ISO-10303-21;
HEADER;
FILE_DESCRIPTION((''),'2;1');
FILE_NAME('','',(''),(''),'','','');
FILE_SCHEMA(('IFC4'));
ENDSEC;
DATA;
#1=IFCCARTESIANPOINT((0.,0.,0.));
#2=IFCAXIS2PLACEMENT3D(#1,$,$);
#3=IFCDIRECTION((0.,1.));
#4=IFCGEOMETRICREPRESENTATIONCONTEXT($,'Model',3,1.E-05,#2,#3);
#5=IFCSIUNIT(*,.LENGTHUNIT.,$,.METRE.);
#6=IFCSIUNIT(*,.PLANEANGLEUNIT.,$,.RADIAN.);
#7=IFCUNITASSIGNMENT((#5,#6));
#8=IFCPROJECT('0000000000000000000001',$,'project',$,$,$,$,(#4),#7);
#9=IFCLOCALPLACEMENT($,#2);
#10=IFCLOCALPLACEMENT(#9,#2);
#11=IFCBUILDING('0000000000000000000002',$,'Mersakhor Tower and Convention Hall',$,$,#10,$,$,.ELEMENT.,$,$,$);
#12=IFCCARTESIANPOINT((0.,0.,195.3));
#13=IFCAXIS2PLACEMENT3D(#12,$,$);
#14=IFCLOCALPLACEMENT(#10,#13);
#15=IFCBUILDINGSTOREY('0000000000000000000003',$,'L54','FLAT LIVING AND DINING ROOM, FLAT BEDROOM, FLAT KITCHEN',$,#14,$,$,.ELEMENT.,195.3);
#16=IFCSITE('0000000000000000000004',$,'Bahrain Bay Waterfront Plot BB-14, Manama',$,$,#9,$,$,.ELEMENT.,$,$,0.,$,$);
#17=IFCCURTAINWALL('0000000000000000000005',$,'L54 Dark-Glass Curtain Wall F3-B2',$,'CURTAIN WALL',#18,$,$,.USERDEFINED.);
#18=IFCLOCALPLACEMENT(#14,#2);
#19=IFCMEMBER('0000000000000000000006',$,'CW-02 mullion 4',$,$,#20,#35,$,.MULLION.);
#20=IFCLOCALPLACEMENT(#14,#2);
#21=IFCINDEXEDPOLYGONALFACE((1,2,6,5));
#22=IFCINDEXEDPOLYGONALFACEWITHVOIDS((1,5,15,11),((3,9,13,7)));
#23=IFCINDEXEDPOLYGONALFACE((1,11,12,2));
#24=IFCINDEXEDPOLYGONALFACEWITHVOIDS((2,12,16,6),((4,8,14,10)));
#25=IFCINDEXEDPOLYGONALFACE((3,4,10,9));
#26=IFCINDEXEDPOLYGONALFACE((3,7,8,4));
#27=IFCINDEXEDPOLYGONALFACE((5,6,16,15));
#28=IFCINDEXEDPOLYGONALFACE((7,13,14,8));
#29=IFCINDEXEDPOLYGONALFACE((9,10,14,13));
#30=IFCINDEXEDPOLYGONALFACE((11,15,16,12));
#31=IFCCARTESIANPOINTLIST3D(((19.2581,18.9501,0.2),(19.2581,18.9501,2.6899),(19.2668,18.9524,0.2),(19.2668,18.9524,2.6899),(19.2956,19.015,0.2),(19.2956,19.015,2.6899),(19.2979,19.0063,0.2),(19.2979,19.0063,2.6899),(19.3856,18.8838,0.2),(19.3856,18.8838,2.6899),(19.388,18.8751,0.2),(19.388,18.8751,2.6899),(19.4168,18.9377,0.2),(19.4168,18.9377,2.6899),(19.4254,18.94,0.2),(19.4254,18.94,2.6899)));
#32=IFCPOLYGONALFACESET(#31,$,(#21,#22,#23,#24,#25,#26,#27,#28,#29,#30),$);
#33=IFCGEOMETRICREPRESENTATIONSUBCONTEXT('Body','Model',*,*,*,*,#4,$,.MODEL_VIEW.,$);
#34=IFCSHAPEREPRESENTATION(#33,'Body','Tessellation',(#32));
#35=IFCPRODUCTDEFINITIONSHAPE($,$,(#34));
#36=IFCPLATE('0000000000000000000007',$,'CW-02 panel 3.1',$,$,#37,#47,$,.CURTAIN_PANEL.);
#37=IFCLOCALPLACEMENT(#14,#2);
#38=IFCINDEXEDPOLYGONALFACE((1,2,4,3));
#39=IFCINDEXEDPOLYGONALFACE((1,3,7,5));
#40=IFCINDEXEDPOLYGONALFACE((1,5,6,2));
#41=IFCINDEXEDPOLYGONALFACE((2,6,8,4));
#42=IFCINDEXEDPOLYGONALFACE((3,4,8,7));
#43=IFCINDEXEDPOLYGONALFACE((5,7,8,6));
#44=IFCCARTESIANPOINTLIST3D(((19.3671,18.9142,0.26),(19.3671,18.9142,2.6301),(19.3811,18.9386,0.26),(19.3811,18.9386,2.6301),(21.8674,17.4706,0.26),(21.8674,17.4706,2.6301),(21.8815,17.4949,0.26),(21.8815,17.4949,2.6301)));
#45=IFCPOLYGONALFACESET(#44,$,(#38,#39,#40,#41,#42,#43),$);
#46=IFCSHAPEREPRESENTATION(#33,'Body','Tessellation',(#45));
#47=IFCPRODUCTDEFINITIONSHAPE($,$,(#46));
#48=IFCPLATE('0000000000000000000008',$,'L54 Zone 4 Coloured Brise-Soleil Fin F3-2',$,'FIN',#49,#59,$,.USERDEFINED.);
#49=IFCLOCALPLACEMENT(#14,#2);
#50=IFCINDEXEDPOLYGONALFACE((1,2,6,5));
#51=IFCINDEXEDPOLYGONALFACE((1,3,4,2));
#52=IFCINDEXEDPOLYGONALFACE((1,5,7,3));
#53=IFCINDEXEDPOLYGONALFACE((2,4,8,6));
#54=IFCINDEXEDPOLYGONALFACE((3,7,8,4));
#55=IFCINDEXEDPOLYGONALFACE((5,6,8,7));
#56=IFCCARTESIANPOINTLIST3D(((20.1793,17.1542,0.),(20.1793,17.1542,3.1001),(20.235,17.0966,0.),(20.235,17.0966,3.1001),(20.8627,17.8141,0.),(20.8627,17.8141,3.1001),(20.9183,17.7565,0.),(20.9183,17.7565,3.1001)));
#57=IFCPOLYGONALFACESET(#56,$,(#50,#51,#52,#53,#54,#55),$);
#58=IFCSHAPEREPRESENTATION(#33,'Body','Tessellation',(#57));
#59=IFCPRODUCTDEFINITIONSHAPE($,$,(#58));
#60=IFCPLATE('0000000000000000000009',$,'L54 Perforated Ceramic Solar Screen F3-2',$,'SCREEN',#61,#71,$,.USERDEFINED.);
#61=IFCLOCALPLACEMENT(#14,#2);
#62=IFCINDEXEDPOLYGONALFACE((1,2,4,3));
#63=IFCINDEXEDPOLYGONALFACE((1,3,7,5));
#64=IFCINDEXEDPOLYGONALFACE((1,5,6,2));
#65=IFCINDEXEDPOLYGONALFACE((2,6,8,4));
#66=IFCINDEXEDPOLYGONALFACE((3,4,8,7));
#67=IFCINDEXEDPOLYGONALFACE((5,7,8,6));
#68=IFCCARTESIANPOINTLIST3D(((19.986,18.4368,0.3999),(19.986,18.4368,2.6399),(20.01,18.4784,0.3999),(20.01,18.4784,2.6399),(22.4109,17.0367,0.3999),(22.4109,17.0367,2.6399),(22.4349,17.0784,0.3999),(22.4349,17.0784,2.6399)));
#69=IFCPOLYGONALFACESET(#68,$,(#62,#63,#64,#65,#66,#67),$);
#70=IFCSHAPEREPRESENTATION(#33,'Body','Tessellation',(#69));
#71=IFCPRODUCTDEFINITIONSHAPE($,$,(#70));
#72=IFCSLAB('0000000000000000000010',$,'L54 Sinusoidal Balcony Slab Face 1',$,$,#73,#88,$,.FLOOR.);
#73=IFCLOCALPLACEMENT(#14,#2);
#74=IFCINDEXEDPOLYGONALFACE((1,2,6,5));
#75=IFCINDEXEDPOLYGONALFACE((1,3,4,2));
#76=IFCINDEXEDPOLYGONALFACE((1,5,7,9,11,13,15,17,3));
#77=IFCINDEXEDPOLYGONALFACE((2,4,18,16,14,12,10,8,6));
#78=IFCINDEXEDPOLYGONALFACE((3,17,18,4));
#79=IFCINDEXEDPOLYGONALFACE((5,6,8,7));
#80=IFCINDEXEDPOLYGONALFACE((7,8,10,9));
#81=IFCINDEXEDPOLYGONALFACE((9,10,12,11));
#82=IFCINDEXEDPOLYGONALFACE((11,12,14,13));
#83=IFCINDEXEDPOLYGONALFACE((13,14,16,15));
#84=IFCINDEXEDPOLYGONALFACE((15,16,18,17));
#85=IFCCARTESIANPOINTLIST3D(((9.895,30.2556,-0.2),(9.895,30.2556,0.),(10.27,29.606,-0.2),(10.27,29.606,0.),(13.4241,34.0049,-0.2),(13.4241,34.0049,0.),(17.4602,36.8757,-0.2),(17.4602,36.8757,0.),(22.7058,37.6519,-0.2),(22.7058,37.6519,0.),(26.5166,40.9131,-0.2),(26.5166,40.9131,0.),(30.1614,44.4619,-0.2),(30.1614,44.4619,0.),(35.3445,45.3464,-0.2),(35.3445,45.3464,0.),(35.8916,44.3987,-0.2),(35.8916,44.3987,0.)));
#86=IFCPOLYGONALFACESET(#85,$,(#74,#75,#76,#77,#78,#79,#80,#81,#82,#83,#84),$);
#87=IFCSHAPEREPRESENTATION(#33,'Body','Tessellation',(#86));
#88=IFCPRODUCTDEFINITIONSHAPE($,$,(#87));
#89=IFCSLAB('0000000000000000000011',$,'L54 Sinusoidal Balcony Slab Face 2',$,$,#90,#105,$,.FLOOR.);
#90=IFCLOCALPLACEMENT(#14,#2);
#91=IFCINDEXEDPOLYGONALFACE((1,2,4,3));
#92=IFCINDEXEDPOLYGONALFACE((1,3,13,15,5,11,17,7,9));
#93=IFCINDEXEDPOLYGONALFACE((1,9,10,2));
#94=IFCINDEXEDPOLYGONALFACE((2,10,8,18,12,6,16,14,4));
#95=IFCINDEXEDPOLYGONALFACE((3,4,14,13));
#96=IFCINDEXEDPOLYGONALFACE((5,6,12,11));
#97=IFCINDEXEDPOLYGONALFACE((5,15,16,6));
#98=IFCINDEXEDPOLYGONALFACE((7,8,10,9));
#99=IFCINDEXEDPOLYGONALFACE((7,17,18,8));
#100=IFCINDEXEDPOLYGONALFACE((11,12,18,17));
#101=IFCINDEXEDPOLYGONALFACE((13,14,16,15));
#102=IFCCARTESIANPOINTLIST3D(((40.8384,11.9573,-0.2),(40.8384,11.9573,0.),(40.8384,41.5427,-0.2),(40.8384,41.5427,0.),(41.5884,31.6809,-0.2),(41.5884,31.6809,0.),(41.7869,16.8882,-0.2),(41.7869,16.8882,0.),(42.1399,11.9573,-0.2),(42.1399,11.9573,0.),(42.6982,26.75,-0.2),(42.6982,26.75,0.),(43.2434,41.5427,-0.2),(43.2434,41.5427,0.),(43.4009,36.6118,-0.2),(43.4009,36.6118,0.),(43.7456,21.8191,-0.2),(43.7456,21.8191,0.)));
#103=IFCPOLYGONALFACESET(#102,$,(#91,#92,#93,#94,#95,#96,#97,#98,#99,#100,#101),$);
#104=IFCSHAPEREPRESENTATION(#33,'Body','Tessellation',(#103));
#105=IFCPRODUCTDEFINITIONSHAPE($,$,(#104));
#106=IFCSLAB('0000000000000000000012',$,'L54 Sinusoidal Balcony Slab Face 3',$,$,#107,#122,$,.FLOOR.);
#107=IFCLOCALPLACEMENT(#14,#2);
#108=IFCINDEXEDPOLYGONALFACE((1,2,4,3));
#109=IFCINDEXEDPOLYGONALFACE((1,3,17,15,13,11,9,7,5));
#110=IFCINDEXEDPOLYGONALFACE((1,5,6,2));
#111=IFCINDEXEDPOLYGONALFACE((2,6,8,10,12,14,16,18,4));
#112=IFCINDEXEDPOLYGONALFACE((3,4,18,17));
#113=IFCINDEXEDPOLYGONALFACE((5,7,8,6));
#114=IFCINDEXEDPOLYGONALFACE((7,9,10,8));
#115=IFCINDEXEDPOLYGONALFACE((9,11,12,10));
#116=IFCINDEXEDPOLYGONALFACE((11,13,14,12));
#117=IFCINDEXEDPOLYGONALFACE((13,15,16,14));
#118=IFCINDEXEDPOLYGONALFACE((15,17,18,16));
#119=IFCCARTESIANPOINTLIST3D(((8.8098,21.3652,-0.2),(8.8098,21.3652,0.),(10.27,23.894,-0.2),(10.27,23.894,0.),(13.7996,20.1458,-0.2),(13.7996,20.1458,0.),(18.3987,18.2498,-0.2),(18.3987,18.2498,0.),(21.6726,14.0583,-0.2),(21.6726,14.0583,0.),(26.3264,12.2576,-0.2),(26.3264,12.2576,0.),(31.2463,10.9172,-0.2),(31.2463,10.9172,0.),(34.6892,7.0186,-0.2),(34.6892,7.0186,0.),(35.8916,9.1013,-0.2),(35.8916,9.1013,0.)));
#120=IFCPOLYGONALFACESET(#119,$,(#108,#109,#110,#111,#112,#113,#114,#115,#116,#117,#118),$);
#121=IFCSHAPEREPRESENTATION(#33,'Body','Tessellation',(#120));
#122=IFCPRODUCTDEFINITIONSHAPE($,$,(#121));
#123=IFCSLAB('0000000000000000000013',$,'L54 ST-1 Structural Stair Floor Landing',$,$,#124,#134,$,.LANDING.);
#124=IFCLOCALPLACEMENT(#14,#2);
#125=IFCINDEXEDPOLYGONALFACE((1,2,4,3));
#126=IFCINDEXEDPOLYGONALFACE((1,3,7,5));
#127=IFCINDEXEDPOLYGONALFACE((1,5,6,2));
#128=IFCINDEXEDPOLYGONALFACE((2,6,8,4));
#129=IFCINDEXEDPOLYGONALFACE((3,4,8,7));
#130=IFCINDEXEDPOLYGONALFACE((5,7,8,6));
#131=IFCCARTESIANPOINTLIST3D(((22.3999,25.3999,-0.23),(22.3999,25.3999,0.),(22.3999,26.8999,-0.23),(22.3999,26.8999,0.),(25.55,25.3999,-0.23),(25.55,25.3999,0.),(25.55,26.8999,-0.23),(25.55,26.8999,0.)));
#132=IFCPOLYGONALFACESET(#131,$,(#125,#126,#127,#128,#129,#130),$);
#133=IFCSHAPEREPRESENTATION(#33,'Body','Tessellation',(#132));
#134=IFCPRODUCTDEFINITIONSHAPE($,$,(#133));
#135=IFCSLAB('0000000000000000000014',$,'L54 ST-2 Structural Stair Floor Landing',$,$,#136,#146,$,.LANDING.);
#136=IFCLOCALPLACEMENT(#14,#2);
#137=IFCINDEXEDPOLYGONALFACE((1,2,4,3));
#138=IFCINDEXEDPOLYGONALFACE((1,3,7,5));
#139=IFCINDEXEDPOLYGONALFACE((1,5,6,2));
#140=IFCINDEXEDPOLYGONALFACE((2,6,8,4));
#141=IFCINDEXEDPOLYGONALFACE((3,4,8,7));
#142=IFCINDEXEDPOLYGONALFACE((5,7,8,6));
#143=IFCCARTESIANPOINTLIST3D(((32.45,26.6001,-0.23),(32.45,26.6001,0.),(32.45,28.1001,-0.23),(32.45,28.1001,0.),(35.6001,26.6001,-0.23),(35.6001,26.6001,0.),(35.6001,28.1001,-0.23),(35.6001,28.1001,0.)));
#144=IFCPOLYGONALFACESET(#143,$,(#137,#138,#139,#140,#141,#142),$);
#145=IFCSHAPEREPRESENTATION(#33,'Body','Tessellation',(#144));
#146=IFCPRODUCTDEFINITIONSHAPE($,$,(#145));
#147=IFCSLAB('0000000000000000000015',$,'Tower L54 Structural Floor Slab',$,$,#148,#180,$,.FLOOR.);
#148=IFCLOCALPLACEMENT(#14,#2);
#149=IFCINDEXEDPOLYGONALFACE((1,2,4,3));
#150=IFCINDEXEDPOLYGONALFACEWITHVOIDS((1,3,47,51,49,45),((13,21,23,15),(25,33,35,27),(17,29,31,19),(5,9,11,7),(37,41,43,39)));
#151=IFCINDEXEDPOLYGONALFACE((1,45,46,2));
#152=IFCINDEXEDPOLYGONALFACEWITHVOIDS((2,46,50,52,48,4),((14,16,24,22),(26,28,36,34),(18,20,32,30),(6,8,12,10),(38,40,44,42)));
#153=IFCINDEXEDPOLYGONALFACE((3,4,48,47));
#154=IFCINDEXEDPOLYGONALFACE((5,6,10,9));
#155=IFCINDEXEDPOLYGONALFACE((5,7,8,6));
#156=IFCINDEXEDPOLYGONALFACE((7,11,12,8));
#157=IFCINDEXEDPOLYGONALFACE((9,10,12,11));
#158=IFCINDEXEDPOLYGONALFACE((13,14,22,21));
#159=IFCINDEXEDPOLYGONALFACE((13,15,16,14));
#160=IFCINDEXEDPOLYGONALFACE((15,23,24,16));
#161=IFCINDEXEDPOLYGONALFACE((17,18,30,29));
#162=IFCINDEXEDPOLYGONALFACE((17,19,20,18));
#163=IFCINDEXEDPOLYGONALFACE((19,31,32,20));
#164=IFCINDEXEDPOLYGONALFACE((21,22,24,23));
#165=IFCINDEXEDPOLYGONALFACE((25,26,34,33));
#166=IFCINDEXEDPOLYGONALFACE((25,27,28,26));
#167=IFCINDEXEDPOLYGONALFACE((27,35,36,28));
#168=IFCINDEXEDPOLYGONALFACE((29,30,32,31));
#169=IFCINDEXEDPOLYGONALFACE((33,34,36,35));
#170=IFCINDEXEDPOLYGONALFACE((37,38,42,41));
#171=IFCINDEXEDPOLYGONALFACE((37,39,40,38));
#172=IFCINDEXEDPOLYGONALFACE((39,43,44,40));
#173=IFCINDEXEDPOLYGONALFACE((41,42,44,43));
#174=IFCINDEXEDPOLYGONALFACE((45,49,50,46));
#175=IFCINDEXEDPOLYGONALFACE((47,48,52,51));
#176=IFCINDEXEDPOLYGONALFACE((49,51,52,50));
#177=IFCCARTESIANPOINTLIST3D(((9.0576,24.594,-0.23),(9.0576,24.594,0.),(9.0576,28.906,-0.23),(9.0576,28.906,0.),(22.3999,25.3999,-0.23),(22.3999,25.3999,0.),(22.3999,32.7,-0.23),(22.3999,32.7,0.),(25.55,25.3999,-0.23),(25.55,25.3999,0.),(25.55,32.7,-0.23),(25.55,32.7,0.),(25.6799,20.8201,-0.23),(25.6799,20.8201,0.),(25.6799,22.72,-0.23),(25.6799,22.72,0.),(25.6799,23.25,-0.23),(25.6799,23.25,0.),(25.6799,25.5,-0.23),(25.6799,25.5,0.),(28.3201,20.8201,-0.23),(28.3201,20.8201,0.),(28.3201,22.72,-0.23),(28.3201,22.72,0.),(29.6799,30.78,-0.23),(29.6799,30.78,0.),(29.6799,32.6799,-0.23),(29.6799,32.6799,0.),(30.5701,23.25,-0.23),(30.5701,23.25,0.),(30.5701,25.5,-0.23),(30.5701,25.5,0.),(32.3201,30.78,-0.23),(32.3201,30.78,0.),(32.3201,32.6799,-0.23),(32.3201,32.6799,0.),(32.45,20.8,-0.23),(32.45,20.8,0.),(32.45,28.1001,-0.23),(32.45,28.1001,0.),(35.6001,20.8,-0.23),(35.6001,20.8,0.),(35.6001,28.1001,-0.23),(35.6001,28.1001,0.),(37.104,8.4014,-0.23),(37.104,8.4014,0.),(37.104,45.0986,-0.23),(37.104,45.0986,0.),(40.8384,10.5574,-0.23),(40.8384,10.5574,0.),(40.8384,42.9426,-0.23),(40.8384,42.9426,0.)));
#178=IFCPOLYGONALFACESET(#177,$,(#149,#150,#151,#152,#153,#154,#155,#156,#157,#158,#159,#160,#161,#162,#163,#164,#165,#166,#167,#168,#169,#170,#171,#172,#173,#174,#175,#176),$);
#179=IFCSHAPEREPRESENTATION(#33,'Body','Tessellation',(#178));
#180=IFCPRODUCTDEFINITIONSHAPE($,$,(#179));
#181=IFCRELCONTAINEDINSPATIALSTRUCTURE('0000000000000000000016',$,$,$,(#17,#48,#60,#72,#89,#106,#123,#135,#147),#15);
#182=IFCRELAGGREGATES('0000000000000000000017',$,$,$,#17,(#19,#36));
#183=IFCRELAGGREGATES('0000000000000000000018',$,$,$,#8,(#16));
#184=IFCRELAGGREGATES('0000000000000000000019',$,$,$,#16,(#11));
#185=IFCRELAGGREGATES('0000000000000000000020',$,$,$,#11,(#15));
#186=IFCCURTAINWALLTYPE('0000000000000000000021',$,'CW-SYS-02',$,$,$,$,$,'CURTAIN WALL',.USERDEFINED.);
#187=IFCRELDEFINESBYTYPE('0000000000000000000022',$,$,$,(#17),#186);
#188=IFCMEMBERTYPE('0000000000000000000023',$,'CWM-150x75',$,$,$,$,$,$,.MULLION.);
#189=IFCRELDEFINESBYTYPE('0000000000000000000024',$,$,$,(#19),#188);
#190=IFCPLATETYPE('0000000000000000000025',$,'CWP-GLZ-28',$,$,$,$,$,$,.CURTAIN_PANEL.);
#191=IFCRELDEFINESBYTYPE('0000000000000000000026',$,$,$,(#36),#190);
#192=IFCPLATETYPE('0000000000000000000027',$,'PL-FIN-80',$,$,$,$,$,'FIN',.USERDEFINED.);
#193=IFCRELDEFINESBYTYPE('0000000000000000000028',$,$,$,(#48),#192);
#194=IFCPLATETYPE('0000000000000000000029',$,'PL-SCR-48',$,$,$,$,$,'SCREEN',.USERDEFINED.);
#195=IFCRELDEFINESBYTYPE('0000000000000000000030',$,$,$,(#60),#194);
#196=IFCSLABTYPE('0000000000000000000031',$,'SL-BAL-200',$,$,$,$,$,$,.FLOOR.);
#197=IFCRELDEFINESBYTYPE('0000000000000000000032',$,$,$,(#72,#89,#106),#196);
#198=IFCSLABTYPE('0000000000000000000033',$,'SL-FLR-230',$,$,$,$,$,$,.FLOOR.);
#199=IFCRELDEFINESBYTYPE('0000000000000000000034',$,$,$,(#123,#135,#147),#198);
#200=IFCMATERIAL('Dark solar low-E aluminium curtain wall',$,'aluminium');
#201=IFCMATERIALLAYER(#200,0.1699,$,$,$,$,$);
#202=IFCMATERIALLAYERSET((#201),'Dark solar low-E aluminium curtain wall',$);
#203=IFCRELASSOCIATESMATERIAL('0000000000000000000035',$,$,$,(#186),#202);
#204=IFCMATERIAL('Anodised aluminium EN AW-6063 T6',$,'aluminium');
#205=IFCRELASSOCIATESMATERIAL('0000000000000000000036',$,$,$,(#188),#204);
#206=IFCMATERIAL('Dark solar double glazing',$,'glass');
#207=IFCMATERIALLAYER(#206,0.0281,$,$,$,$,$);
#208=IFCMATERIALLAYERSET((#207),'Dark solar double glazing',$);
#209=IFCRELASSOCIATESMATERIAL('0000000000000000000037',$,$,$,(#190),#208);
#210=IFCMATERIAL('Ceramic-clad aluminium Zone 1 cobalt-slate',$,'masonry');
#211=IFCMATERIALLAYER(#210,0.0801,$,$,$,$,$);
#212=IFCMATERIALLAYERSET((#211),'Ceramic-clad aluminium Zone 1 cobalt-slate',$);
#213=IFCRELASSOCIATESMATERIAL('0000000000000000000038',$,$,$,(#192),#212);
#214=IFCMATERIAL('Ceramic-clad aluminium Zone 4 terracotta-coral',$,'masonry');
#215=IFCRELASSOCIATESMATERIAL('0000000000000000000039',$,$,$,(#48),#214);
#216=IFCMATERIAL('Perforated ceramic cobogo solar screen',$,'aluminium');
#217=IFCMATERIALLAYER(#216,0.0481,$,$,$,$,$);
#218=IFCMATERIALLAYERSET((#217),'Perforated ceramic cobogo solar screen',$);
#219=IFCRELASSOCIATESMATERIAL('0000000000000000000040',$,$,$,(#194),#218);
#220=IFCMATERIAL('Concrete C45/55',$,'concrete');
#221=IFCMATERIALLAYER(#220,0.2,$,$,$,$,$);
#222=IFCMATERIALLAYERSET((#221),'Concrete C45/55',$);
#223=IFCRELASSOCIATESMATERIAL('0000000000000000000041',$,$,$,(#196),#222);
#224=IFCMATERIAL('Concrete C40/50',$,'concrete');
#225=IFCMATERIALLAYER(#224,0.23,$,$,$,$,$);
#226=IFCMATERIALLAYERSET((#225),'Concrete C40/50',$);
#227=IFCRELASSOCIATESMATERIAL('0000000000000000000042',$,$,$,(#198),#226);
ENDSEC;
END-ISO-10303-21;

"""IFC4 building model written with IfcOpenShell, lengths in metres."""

from ifc_helpers import new_model, si_unit, direction, frame, origin, origin_2d, place, context, subcontext, project, spatial, polyline, rectangle, hollow_rectangle, outline, extrude, material, layer, layer_set, material_profile, profile_set, type_object, element, aggregate, save


model = new_model("IFC4")

# Units and contexts
model_context = context("Model", 3, precision=1e-05, world=origin(), true_north=direction((0.0, 1.0)))
body_context = subcontext(model_context, "Body", "Model", "MODEL_VIEW")
ifc_project = project(units=[si_unit("LENGTHUNIT", "METRE"), si_unit("PLANEANGLEUNIT", "RADIAN")], contexts=[model_context])

# Site, building, storey
site_placement = place(None, origin())
site = spatial("IfcSite", under=ifc_project, at=site_placement, Name="Bahrain Bay Waterfront Plot BB-14, Manama", CompositionType="ELEMENT", RefElevation=0.0)
building_placement = place(site_placement, origin())
building = spatial("IfcBuilding", under=site, at=building_placement, Name="Mersakhor Tower and Convention Hall", CompositionType="ELEMENT")
storey_placement = place(building_placement, frame((0.0, 0.0, 195.3)))
storey = spatial("IfcBuildingStorey", under=building, at=storey_placement, Name="L54", Description="FLAT LIVING AND DINING ROOM, FLAT BEDROOM, FLAT KITCHEN", CompositionType="ELEMENT", Elevation=195.3)

# Curtain wall, member, plate
ifc_material_1 = material(Name="Dark solar low-E aluminium curtain wall", Category="aluminium")
ifc_layer_1 = layer(ifc_material_1, 0.1699)
ifc_layer_set_1 = layer_set([ifc_layer_1], Name="Dark solar low-E aluminium curtain wall")
curtain_wall_type = type_object("IfcCurtainWallType", Name="CW-SYS-02", ElementType="CURTAIN WALL", PredefinedType="USERDEFINED", material=ifc_layer_set_1)
curtain_wall_placement = place(storey_placement, origin())
curtain_wall = element("IfcCurtainWall", 1, at=curtain_wall_placement, inside=storey, type_object=curtain_wall_type, Name="L54 Dark-Glass Curtain Wall F3-B2", ObjectType="CURTAIN WALL", PredefinedType="USERDEFINED")
ifc_material_2 = material(Name="Anodised aluminium EN AW-6063 T6", Category="aluminium")
ifc_material_profile = material_profile(ifc_material_2, hollow_rectangle(XDim=0.075, YDim=0.1499, WallThickness=0.0063, at=origin_2d()), Name="RHS 150x75x6.3")
ifc_profile_set = profile_set([ifc_material_profile], Name="Anodised aluminium EN AW-6063 T6")
member_type = type_object("IfcMemberType", Name="CWM-150x75", PredefinedType="MULLION", material=ifc_profile_set)
member_placement = place(storey_placement, frame((19.3418, 18.9451, 0.2), z_axis=(0.0, 0.0, 1.0), x_axis=(-0.500008, -0.866021, 0.0)))
member = element("IfcMember", 2, at=member_placement, type_object=member_type, Name="CW-02 mullion 4", PredefinedType="MULLION", context=body_context, shape_type="SweptSolid", body=[
    extrude(hollow_rectangle(XDim=0.075, YDim=0.1499, WallThickness=0.0063, at=origin_2d()), origin(), (0.0, 0.0, 1.0), 2.49),
])
ifc_material_3 = material(Name="Dark solar double glazing", Category="glass")
ifc_layer_2 = layer(ifc_material_3, 0.0281)
ifc_layer_set_2 = layer_set([ifc_layer_2], Name="Dark solar double glazing")
plate_type_1 = type_object("IfcPlateType", Name="CWP-GLZ-28", PredefinedType="CURTAIN_PANEL", material=ifc_layer_set_2)
plate_1_placement = place(storey_placement, frame((20.6243, 18.2046, 0.26), z_axis=(0.0, 0.0, 1.0), x_axis=(-0.866021, 0.500008, 0.0)))
plate_1 = element("IfcPlate", 3, at=plate_1_placement, type_object=plate_type_1, Name="CW-02 panel 3.1", PredefinedType="CURTAIN_PANEL", context=body_context, shape_type="SweptSolid", body=[
    extrude(rectangle(XDim=2.8872, YDim=0.0281, at=origin_2d()), origin(), (0.0, 0.0, 1.0), 2.3701),
])
aggregate(curtain_wall, [member, plate_1])

# Plates
ifc_material_4 = material(Name="Ceramic-clad aluminium Zone 4 terracotta-coral", Category="masonry")
ifc_material_5 = material(Name="Ceramic-clad aluminium Zone 1 cobalt-slate", Category="masonry")
ifc_layer_3 = layer(ifc_material_5, 0.0801)
ifc_layer_set_3 = layer_set([ifc_layer_3], Name="Ceramic-clad aluminium Zone 1 cobalt-slate")
plate_type_2 = type_object("IfcPlateType", Name="PL-FIN-80", ElementType="FIN", PredefinedType="USERDEFINED", material=ifc_layer_set_3)
plate_2_placement = place(storey_placement, frame((20.5488, 17.4553, 0.0), z_axis=(0.0, 0.0, 1.0), x_axis=(-0.71934, -0.694658, 0.0)))
element("IfcPlate", 4, at=plate_2_placement, inside=storey, type_object=plate_type_2, material=ifc_material_4, Name="L54 Zone 4 Coloured Brise-Soleil Fin F3-2", ObjectType="FIN", PredefinedType="USERDEFINED", context=body_context, shape_type="SweptSolid", body=[
    extrude(rectangle(XDim=0.95, YDim=0.0801, at=origin_2d()), origin(), (0.0, 0.0, 1.0), 3.1001),
])
ifc_material_6 = material(Name="Perforated ceramic cobogo solar screen", Category="aluminium")
ifc_layer_4 = layer(ifc_material_6, 0.0481)
ifc_layer_set_4 = layer_set([ifc_layer_4], Name="Perforated ceramic cobogo solar screen")
plate_type_3 = type_object("IfcPlateType", Name="PL-SCR-48", ElementType="SCREEN", PredefinedType="USERDEFINED", material=ifc_layer_set_4)
plate_3_placement = place(storey_placement, frame((21.2104, 17.7576, 0.3999), z_axis=(0.0, 0.0, 1.0), x_axis=(-0.866025, 0.5, 0.0)))
element("IfcPlate", 5, at=plate_3_placement, inside=storey, type_object=plate_type_3, Name="L54 Perforated Ceramic Solar Screen F3-2", ObjectType="SCREEN", PredefinedType="USERDEFINED", context=body_context, shape_type="SweptSolid", body=[
    extrude(rectangle(XDim=2.8, YDim=0.0481, at=origin_2d()), origin(), (0.0, 0.0, 1.0), 2.24),
])

# Slabs
ifc_material_7 = material(Name="Concrete C45/55", Category="concrete")
ifc_layer_5 = layer(ifc_material_7, 0.2)
ifc_layer_set_5 = layer_set([ifc_layer_5], Name="Concrete C45/55")
slab_type_1 = type_object("IfcSlabType", Name="SL-BAL-200", PredefinedType="FLOOR", material=ifc_layer_set_5)
slab_1_placement = place(storey_placement, frame((0.0, 0.0, -0.2)))
element("IfcSlab", 6, at=slab_1_placement, inside=storey, type_object=slab_type_1, Name="L54 Sinusoidal Balcony Slab Face 1", PredefinedType="FLOOR", context=body_context, shape_type="SweptSolid", body=[
    extrude(outline(polyline([(10.27, 29.606), (35.8916, 44.3987), (35.3445, 45.3464), (30.1614, 44.4619), (26.5166, 40.9131), (22.7058, 37.6519), (17.4602, 36.8757), (13.4241, 34.0049), (9.895, 30.2556), (10.27, 29.606)])), origin(), (0.0, 0.0, 1.0), 0.2),
])
slab_2_placement = place(storey_placement, frame((0.0, 0.0, -0.2)))
element("IfcSlab", 7, at=slab_2_placement, inside=storey, type_object=slab_type_1, Name="L54 Sinusoidal Balcony Slab Face 2", PredefinedType="FLOOR", context=body_context, shape_type="SweptSolid", body=[
    extrude(outline(polyline([(40.8384, 41.5427), (40.8384, 11.9573), (42.1399, 11.9573), (41.7869, 16.8882), (43.7456, 21.8191), (42.6982, 26.75), (41.5884, 31.6809), (43.4009, 36.6118), (43.2434, 41.5427), (40.8384, 41.5427)])), origin(), (0.0, 0.0, 1.0), 0.2),
])
slab_3_placement = place(storey_placement, frame((0.0, 0.0, -0.2)))
element("IfcSlab", 8, at=slab_3_placement, inside=storey, type_object=slab_type_1, Name="L54 Sinusoidal Balcony Slab Face 3", PredefinedType="FLOOR", context=body_context, shape_type="SweptSolid", body=[
    extrude(outline(polyline([(35.8916, 9.1013), (10.27, 23.894), (8.8098, 21.3652), (13.7996, 20.1458), (18.3987, 18.2498), (21.6726, 14.0583), (26.3264, 12.2576), (31.2463, 10.9172), (34.6892, 7.0186), (35.8916, 9.1013)])), origin(), (0.0, 0.0, 1.0), 0.2),
])
ifc_material_8 = material(Name="Concrete C40/50", Category="concrete")
ifc_layer_6 = layer(ifc_material_8, 0.23)
ifc_layer_set_6 = layer_set([ifc_layer_6], Name="Concrete C40/50")
slab_type_2 = type_object("IfcSlabType", Name="SL-FLR-230", PredefinedType="FLOOR", material=ifc_layer_set_6)
slab_4_placement = place(storey_placement, frame((0.0, 0.0, -0.23)))
element("IfcSlab", 9, at=slab_4_placement, inside=storey, type_object=slab_type_2, Name="L54 ST-1 Structural Stair Floor Landing", PredefinedType="LANDING", context=body_context, shape_type="SweptSolid", body=[
    extrude(outline(polyline([(25.55, 25.3999), (25.55, 26.8999), (22.3999, 26.8999), (22.3999, 25.3999), (25.55, 25.3999)])), origin(), (0.0, 0.0, 1.0), 0.23),
])
slab_5_placement = place(storey_placement, frame((0.0, 0.0, -0.23)))
element("IfcSlab", 10, at=slab_5_placement, inside=storey, type_object=slab_type_2, Name="L54 ST-2 Structural Stair Floor Landing", PredefinedType="LANDING", context=body_context, shape_type="SweptSolid", body=[
    extrude(outline(polyline([(32.45, 28.1001), (32.45, 26.6001), (35.6001, 26.6001), (35.6001, 28.1001), (32.45, 28.1001)])), origin(), (0.0, 0.0, 1.0), 0.23),
])
slab_6_placement = place(storey_placement, frame((0.0, 0.0, -0.23)))
element("IfcSlab", 11, at=slab_6_placement, inside=storey, type_object=slab_type_2, Name="Tower L54 Structural Floor Slab", PredefinedType="FLOOR", context=body_context, shape_type="SweptSolid", body=[
    extrude(outline(polyline([(9.0576, 28.906), (37.104, 45.0986), (40.8384, 42.9426), (40.8384, 10.5574), (37.104, 8.4014), (9.0576, 24.594), (9.0576, 28.906)]), holes=[polyline([(25.55, 25.3999), (25.55, 32.7), (22.3999, 32.7), (22.3999, 25.3999), (25.55, 25.3999)]), polyline([(32.45, 28.1001), (32.45, 20.8), (35.6001, 20.8), (35.6001, 28.1001), (32.45, 28.1001)]), polyline([(25.6799, 20.8201), (25.6799, 22.72), (28.3201, 22.72), (28.3201, 20.8201), (25.6799, 20.8201)]), polyline([(29.6799, 30.78), (29.6799, 32.6799), (32.3201, 32.6799), (32.3201, 30.78), (29.6799, 30.78)]), polyline([(25.6799, 23.25), (25.6799, 25.5), (30.5701, 25.5), (30.5701, 23.25), (25.6799, 23.25)])]), origin(), (0.0, 0.0, 1.0), 0.23),
])

save(model, "model.ifc")
